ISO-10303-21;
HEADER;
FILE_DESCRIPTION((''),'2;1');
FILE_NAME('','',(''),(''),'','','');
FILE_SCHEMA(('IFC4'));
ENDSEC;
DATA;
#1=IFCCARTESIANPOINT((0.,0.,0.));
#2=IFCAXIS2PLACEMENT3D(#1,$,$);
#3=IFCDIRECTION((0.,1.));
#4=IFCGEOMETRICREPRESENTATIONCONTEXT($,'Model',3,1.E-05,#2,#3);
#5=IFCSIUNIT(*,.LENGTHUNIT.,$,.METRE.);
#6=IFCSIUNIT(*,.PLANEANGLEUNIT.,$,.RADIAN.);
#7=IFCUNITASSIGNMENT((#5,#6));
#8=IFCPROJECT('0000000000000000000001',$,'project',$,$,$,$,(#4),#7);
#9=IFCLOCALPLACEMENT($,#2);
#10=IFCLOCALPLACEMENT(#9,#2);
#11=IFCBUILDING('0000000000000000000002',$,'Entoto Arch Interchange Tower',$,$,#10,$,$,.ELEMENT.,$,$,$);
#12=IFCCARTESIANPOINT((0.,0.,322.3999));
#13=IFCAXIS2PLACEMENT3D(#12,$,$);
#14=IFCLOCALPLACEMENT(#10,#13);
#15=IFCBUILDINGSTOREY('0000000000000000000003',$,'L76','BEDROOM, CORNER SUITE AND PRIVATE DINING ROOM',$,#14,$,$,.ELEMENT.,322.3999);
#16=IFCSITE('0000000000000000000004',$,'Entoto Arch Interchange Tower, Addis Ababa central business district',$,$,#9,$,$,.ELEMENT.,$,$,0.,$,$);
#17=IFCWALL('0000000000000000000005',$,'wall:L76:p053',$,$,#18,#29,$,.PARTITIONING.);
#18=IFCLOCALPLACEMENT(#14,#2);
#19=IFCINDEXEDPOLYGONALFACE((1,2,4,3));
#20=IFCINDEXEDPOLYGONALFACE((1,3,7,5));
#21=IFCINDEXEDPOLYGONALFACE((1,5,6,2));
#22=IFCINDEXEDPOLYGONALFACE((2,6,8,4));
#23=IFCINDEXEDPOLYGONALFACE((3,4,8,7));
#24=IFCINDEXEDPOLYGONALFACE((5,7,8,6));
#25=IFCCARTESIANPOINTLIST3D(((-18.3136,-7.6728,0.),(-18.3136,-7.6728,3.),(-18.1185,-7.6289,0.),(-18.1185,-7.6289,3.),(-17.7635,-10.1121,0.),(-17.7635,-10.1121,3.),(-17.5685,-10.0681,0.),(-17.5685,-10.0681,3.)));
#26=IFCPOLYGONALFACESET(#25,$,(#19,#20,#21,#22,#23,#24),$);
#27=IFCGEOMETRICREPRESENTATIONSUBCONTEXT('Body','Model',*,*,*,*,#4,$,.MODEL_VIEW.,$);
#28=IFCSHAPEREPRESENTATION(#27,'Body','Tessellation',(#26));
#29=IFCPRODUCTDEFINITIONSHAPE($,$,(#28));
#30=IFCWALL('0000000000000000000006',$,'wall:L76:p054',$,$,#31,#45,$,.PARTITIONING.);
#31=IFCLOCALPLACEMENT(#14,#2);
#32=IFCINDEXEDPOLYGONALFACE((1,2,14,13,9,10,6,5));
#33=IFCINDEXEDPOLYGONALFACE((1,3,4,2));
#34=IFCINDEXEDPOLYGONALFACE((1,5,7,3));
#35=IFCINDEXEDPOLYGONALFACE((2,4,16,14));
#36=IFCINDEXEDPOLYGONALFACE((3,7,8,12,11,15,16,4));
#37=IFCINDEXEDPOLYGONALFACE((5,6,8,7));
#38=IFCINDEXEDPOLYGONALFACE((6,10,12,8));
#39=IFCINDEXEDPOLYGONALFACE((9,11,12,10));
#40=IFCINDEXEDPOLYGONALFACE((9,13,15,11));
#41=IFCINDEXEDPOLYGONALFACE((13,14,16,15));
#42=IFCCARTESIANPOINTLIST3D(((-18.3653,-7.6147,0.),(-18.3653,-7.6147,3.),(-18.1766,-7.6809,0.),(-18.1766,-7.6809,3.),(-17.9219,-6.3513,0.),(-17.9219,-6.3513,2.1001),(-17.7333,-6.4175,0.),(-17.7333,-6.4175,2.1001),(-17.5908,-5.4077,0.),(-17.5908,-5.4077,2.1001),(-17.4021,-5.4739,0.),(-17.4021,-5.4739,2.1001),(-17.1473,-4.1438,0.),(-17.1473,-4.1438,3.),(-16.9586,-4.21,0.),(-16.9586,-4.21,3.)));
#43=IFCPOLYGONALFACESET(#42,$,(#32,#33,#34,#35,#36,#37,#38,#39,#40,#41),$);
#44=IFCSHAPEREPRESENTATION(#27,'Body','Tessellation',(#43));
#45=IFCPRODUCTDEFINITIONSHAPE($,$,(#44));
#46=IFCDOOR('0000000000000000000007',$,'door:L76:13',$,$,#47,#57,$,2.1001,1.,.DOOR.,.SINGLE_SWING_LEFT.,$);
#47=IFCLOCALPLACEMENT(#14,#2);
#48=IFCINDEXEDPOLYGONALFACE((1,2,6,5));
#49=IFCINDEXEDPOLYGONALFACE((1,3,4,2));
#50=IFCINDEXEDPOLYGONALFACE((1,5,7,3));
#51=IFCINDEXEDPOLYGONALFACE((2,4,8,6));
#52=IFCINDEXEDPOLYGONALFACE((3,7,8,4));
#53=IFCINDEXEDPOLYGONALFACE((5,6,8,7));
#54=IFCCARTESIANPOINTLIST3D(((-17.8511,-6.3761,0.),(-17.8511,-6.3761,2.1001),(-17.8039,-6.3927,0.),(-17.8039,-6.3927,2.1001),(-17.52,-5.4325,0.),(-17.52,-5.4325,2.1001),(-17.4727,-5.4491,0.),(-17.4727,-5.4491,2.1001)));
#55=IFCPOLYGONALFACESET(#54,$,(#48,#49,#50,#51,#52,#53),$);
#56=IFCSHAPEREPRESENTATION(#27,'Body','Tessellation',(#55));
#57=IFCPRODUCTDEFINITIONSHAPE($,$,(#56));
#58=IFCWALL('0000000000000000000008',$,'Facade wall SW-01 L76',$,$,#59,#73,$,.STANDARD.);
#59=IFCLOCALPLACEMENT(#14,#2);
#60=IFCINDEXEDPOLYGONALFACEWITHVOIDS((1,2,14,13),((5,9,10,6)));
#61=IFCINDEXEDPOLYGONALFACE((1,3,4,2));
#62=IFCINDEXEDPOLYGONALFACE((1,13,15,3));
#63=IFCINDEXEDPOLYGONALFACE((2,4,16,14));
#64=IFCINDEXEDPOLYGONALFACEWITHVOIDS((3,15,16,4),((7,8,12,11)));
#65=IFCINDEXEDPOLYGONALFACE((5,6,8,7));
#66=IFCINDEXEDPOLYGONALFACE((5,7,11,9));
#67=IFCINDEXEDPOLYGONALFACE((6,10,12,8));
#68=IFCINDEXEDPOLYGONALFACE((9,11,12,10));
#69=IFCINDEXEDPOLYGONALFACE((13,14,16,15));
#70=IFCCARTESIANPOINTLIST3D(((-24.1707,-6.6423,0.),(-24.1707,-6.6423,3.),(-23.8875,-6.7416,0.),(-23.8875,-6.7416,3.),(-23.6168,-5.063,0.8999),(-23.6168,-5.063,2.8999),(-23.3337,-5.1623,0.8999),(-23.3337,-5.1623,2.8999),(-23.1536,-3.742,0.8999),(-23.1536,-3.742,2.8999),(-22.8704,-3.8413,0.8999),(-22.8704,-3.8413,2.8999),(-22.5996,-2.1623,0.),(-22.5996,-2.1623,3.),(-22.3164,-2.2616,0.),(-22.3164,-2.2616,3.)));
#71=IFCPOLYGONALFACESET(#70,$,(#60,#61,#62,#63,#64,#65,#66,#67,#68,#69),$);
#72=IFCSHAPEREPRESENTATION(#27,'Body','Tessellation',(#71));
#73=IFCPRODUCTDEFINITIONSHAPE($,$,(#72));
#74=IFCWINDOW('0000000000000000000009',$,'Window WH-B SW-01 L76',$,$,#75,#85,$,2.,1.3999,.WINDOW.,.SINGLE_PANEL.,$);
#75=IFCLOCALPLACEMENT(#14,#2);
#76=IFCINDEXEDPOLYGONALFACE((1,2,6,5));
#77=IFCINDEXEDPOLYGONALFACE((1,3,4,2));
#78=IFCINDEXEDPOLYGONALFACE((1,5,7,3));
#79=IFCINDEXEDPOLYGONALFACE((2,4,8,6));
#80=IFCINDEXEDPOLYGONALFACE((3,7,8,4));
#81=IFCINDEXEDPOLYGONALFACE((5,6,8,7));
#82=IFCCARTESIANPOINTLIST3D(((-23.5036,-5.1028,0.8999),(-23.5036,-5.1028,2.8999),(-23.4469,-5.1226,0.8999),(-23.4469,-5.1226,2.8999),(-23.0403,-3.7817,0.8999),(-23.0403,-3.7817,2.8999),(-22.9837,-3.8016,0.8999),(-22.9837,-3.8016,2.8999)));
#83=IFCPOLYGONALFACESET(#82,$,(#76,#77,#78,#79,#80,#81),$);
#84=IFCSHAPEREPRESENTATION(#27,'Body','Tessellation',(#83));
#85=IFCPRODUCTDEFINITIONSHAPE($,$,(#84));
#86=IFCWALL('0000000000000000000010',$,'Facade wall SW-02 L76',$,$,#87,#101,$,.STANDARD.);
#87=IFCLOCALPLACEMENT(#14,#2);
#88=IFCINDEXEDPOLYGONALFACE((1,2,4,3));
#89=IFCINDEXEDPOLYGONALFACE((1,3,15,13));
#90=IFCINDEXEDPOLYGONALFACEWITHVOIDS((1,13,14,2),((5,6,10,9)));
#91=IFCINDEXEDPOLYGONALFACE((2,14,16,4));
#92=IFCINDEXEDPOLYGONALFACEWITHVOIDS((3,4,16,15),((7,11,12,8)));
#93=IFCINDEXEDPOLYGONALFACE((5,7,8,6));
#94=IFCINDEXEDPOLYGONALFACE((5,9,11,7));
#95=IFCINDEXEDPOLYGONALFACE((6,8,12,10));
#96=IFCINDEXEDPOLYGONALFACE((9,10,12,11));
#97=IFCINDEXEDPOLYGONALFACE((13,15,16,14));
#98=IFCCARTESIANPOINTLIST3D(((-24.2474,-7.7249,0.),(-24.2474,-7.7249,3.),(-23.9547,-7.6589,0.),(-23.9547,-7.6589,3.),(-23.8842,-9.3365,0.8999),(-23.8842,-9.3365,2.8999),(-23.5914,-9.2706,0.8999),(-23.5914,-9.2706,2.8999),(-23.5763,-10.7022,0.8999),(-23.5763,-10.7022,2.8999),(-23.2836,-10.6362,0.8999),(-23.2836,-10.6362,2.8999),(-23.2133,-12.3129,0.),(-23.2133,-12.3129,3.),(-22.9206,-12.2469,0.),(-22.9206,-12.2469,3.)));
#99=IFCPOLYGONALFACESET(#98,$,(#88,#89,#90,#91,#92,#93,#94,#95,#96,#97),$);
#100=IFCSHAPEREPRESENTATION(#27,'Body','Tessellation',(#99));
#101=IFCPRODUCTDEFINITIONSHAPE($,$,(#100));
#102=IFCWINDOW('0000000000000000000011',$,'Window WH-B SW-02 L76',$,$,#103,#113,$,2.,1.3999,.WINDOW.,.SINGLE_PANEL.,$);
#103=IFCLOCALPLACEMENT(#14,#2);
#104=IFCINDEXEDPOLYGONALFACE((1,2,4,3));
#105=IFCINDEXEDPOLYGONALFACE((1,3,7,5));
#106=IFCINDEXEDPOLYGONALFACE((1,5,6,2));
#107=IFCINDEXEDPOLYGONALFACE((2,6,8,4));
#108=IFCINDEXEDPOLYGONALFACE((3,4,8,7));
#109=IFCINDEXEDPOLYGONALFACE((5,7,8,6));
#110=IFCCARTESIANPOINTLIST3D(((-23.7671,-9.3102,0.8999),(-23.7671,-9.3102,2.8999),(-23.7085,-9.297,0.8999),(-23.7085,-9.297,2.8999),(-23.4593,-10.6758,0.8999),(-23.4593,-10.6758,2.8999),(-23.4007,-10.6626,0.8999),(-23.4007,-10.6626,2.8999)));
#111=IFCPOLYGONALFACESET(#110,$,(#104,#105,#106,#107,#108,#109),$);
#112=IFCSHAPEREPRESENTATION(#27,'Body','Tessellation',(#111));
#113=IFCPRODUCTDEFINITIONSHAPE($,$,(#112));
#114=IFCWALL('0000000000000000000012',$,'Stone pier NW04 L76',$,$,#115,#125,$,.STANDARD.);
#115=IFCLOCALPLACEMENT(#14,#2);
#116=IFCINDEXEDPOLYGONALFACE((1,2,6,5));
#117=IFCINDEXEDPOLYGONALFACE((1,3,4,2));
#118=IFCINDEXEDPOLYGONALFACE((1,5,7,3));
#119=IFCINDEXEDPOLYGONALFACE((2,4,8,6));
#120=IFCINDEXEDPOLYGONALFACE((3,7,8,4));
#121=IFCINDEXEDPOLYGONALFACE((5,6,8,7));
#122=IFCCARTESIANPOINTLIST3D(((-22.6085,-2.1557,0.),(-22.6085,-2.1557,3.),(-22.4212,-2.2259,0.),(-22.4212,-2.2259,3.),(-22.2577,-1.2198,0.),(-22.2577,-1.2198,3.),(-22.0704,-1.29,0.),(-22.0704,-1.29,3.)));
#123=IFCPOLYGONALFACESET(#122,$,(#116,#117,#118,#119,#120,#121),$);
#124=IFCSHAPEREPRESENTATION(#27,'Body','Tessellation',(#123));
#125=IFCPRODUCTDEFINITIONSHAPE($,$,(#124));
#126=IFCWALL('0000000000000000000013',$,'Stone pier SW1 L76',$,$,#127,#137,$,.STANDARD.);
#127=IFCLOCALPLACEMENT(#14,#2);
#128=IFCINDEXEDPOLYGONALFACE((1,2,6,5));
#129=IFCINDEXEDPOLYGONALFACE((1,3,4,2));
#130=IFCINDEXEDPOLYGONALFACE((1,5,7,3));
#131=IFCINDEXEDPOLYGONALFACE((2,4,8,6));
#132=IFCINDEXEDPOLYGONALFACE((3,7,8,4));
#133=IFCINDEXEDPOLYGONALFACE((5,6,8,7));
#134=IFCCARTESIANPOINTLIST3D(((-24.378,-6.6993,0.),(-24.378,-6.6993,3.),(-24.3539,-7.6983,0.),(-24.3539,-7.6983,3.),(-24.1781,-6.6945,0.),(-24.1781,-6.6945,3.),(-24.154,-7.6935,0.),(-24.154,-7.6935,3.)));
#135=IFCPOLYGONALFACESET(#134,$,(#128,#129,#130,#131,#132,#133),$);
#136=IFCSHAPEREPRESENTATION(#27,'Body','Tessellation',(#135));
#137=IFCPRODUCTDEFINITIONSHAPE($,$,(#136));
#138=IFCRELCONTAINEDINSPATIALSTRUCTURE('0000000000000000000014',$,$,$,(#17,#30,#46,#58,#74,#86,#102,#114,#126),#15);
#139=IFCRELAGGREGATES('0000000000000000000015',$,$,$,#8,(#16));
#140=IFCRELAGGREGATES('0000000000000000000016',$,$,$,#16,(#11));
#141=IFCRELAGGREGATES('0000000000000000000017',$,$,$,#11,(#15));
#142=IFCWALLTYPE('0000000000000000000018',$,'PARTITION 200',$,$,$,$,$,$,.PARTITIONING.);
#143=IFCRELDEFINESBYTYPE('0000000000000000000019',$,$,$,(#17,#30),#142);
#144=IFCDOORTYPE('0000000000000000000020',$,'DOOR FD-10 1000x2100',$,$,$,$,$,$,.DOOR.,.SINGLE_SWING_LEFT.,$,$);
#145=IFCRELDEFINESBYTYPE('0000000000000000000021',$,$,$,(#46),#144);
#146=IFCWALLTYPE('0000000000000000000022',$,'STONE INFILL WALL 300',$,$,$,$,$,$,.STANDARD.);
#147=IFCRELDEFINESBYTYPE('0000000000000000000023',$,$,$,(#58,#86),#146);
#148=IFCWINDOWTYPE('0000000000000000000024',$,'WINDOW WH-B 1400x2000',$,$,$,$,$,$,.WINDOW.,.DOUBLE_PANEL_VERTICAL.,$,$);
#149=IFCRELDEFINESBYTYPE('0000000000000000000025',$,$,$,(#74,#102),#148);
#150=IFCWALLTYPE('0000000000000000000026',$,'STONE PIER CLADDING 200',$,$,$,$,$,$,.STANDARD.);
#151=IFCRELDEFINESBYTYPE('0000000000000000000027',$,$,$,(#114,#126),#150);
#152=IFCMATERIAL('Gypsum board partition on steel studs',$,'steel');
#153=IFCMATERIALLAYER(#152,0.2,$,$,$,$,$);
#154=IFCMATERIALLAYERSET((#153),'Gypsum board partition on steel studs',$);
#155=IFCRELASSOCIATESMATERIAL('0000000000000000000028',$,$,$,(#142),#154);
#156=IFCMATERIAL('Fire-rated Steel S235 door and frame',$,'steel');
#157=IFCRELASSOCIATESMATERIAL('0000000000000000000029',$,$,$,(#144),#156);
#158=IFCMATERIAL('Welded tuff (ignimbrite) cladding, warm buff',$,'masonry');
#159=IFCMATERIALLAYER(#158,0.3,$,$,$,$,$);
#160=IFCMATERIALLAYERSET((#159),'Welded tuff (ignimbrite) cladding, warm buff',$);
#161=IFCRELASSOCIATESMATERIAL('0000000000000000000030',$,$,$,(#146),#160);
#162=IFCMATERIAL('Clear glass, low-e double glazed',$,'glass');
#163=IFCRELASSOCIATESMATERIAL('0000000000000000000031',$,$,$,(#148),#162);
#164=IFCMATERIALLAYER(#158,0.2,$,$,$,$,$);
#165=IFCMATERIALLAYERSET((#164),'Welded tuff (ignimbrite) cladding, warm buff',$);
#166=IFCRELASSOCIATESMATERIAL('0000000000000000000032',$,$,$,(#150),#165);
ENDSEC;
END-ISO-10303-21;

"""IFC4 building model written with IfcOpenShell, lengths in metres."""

from ifc_helpers import new_model, si_unit, direction, frame, frame_2d, origin, place, context, subcontext, project, spatial, rectangle, extrude, material, layer, layer_set, type_object, element, fill, save


model = new_model("IFC4")

# Units and contexts
model_context = context("Model", 3, precision=1e-05, world=origin(), true_north=direction((0.0, 1.0)))
body_context = subcontext(model_context, "Body", "Model", "MODEL_VIEW")
ifc_project = project(units=[si_unit("LENGTHUNIT", "METRE"), si_unit("PLANEANGLEUNIT", "RADIAN")], contexts=[model_context])

# Site, building, storey
site_placement = place(None, origin())
site = spatial("IfcSite", under=ifc_project, at=site_placement, Name="Entoto Arch Interchange Tower, Addis Ababa central business district", CompositionType="ELEMENT", RefElevation=0.0)
building_placement = place(site_placement, origin())
building = spatial("IfcBuilding", under=site, at=building_placement, Name="Entoto Arch Interchange Tower", CompositionType="ELEMENT")
storey_placement = place(building_placement, frame((0.0, 0.0, 322.3999)))
storey = spatial("IfcBuildingStorey", under=building, at=storey_placement, Name="L76", Description="BEDROOM, CORNER SUITE AND PRIVATE DINING ROOM", CompositionType="ELEMENT", Elevation=322.3999)

# Shared definitions
ifc_material_1 = material(Name="Gypsum board partition on steel studs", Category="steel")
ifc_layer_1 = layer(ifc_material_1, 0.2)
ifc_layer_set_1 = layer_set([ifc_layer_1], Name="Gypsum board partition on steel studs")
wall_type_1 = type_object("IfcWallType", Name="PARTITION 200", PredefinedType="PARTITIONING", material=ifc_layer_set_1)

# Wall
wall_1_placement = place(storey_placement, frame((-17.666, -10.0901, 0.0), z_axis=(0.0, 0.0, 1.0), x_axis=(-0.219979, 0.975505, 0.0)))
element("IfcWall", 1, at=wall_1_placement, inside=storey, type_object=wall_type_1, Name="wall:L76:p053", PredefinedType="PARTITIONING", context=body_context, shape_type="SweptSolid", body=[
    extrude(rectangle(XDim=2.5005, YDim=0.2, at=frame_2d((1.2502, 0.0))), origin(), (0.0, 0.0, 1.0), 3.0),
])

# Wall, opening, door
wall_2_placement = place(storey_placement, frame((-18.271, -7.6479, 0.0), z_axis=(0.0, 0.0, 1.0), x_axis=(0.331122, 0.943588, 0.0)))
wall_2 = element("IfcWall", 2, at=wall_2_placement, inside=storey, type_object=wall_type_1, Name="wall:L76:p054", PredefinedType="PARTITIONING", context=body_context, shape_type="SweptSolid", body=[
    extrude(rectangle(XDim=3.6785, YDim=0.2, at=frame_2d((1.8394, 0.0))), origin(), (0.0, 0.0, 1.0), 3.0),
])
opening_1_placement = place(wall_2_placement, frame((1.3391, 0.0, 0.0)))
opening_1 = element("IfcOpeningElement", 3, at=opening_1_placement, cuts=wall_2, PredefinedType="OPENING", context=body_context, shape_type="SweptSolid", body=[
    extrude(rectangle(XDim=1.0, YDim=2.1001, at=frame_2d((0.5, 1.05))), frame((0.0, 0.1099, 0.0), z_axis=(0.0, -1.0, 0.0), x_axis=(1.0, 0.0, 0.0)), (0.0, 0.0, 1.0), 0.22),
])
ifc_material_2 = material(Name="Fire-rated Steel S235 door and frame", Category="steel")
door_type_1 = type_object("IfcDoorType", Name="DOOR FD-10 1000x2100", OperationType="SINGLE_SWING_LEFT", PredefinedType="DOOR", material=ifc_material_2)
door_1_placement = place(opening_1_placement, origin())
door_1 = element("IfcDoor", 4, at=door_1_placement, inside=storey, type_object=door_type_1, Name="door:L76:13", OperationType="SINGLE_SWING_LEFT", OverallHeight=2.1001, OverallWidth=1.0, PredefinedType="DOOR", context=body_context, shape_type="SweptSolid", body=[
    extrude(rectangle(XDim=1.0, YDim=2.1001, at=frame_2d((0.5, 1.05))), frame((0.0, 0.0249, 0.0), z_axis=(0.0, -1.0, 0.0), x_axis=(1.0, 0.0, 0.0)), (0.0, 0.0, 1.0), 0.05),
])
fill(opening_1, door_1)

# Walls, openings, windows
ifc_material_3 = material(Name="Welded tuff (ignimbrite) cladding, warm buff", Category="masonry")
ifc_layer_2 = layer(ifc_material_3, 0.3)
ifc_layer_set_2 = layer_set([ifc_layer_2], Name="Welded tuff (ignimbrite) cladding, warm buff")
wall_type_2 = type_object("IfcWallType", Name="STONE INFILL WALL 300", PredefinedType="STANDARD", material=ifc_layer_set_2)
wall_3_placement = place(storey_placement, frame((-22.458, -2.2119, 0.0), z_axis=(0.0, 0.0, 1.0), x_axis=(-0.330923, -0.943658, 0.0)))
wall_3 = element("IfcWall", 5, at=wall_3_placement, inside=storey, type_object=wall_type_2, Name="Facade wall SW-01 L76", PredefinedType="STANDARD", context=body_context, shape_type="SweptSolid", body=[
    extrude(rectangle(XDim=4.7476, YDim=0.3, at=frame_2d((2.3738, 0.0))), origin(), (0.0, 0.0, 1.0), 3.0),
])
opening_2_placement = place(wall_3_placement, frame((1.6741, 0.0, 0.8999)))
opening_2 = element("IfcOpeningElement", 6, at=opening_2_placement, cuts=wall_3, PredefinedType="OPENING", context=body_context, shape_type="SweptSolid", body=[
    extrude(rectangle(XDim=1.3999, YDim=2.0, at=frame_2d((0.7, 1.0))), frame((0.0, 0.1602, 0.0), z_axis=(0.0, -1.0, 0.0), x_axis=(1.0, 0.0, 0.0)), (0.0, 0.0, 1.0), 0.3201),
])
ifc_material_4 = material(Name="Clear glass, low-e double glazed", Category="glass")
window_type = type_object("IfcWindowType", Name="WINDOW WH-B 1400x2000", PartitioningType="DOUBLE_PANEL_VERTICAL", PredefinedType="WINDOW", material=ifc_material_4)
window_1_placement = place(opening_2_placement, origin())
window_1 = element("IfcWindow", 7, at=window_1_placement, inside=storey, type_object=window_type, Name="Window WH-B SW-01 L76", OverallHeight=2.0, OverallWidth=1.3999, PartitioningType="SINGLE_PANEL", PredefinedType="WINDOW", context=body_context, shape_type="SweptSolid", body=[
    extrude(rectangle(XDim=1.3999, YDim=2.0, at=frame_2d((0.7, 1.0))), frame((0.0, 0.03, 0.0), z_axis=(0.0, -1.0, 0.0), x_axis=(1.0, 0.0, 0.0)), (0.0, 0.0, 1.0), 0.0601),
])
fill(opening_2, window_1)
wall_4_placement = place(storey_placement, frame((-24.1011, -7.6919, 0.0), z_axis=(0.0, 0.0, 1.0), x_axis=(0.219886, -0.975525, 0.0)))
wall_4 = element("IfcWall", 8, at=wall_4_placement, inside=storey, type_object=wall_type_2, Name="Facade wall SW-02 L76", PredefinedType="STANDARD", context=body_context, shape_type="SweptSolid", body=[
    extrude(rectangle(XDim=4.7031, YDim=0.3, at=frame_2d((2.3516, 0.0))), origin(), (0.0, 0.0, 1.0), 3.0),
])
opening_3_placement = place(wall_4_placement, frame((1.6521, 0.0, 0.8999)))
opening_3 = element("IfcOpeningElement", 9, at=opening_3_placement, cuts=wall_4, PredefinedType="OPENING", context=body_context, shape_type="SweptSolid", body=[
    extrude(rectangle(XDim=1.3999, YDim=2.0, at=frame_2d((0.7, 1.0))), frame((0.0, 0.1602, 0.0), z_axis=(0.0, -1.0, 0.0), x_axis=(1.0, 0.0, 0.0)), (0.0, 0.0, 1.0), 0.3201),
])
window_2_placement = place(opening_3_placement, origin())
window_2 = element("IfcWindow", 10, at=window_2_placement, inside=storey, type_object=window_type, Name="Window WH-B SW-02 L76", OverallHeight=2.0, OverallWidth=1.3999, PartitioningType="SINGLE_PANEL", PredefinedType="WINDOW", context=body_context, shape_type="SweptSolid", body=[
    extrude(rectangle(XDim=1.3999, YDim=2.0, at=frame_2d((0.7, 1.0))), frame((0.0, 0.03, 0.0), z_axis=(0.0, -1.0, 0.0), x_axis=(1.0, 0.0, 0.0)), (0.0, 0.0, 1.0), 0.0601),
])
fill(opening_3, window_2)

# Walls
ifc_layer_3 = layer(ifc_material_3, 0.2)
ifc_layer_set_3 = layer_set([ifc_layer_3], Name="Welded tuff (ignimbrite) cladding, warm buff")
wall_type_3 = type_object("IfcWallType", Name="STONE PIER CLADDING 200", PredefinedType="STANDARD", material=ifc_layer_set_3)
wall_5_placement = place(storey_placement, frame((-22.1641, -1.2549, 0.0), z_axis=(0.0, 0.0, 1.0), x_axis=(-0.350963, -0.936389, 0.0)))
element("IfcWall", 11, at=wall_5_placement, inside=storey, type_object=wall_type_3, Name="Stone pier NW04 L76", PredefinedType="STANDARD", context=body_context, shape_type="SweptSolid", body=[
    extrude(rectangle(XDim=0.9995, YDim=0.2, at=frame_2d((0.4998, 0.0))), origin(), (0.0, 0.0, 1.0), 3.0),
])
wall_6_placement = place(storey_placement, frame((-24.2781, -6.697, 0.0), z_axis=(0.0, 0.0, 1.0), x_axis=(0.024186, -0.999707, 0.0)))
element("IfcWall", 12, at=wall_6_placement, inside=storey, type_object=wall_type_3, Name="Stone pier SW1 L76", PredefinedType="STANDARD", context=body_context, shape_type="SweptSolid", body=[
    extrude(rectangle(XDim=0.9993, YDim=0.2, at=frame_2d((0.4995, 0.0))), origin(), (0.0, 0.0, 1.0), 3.0),
])

save(model, "model.ifc")
